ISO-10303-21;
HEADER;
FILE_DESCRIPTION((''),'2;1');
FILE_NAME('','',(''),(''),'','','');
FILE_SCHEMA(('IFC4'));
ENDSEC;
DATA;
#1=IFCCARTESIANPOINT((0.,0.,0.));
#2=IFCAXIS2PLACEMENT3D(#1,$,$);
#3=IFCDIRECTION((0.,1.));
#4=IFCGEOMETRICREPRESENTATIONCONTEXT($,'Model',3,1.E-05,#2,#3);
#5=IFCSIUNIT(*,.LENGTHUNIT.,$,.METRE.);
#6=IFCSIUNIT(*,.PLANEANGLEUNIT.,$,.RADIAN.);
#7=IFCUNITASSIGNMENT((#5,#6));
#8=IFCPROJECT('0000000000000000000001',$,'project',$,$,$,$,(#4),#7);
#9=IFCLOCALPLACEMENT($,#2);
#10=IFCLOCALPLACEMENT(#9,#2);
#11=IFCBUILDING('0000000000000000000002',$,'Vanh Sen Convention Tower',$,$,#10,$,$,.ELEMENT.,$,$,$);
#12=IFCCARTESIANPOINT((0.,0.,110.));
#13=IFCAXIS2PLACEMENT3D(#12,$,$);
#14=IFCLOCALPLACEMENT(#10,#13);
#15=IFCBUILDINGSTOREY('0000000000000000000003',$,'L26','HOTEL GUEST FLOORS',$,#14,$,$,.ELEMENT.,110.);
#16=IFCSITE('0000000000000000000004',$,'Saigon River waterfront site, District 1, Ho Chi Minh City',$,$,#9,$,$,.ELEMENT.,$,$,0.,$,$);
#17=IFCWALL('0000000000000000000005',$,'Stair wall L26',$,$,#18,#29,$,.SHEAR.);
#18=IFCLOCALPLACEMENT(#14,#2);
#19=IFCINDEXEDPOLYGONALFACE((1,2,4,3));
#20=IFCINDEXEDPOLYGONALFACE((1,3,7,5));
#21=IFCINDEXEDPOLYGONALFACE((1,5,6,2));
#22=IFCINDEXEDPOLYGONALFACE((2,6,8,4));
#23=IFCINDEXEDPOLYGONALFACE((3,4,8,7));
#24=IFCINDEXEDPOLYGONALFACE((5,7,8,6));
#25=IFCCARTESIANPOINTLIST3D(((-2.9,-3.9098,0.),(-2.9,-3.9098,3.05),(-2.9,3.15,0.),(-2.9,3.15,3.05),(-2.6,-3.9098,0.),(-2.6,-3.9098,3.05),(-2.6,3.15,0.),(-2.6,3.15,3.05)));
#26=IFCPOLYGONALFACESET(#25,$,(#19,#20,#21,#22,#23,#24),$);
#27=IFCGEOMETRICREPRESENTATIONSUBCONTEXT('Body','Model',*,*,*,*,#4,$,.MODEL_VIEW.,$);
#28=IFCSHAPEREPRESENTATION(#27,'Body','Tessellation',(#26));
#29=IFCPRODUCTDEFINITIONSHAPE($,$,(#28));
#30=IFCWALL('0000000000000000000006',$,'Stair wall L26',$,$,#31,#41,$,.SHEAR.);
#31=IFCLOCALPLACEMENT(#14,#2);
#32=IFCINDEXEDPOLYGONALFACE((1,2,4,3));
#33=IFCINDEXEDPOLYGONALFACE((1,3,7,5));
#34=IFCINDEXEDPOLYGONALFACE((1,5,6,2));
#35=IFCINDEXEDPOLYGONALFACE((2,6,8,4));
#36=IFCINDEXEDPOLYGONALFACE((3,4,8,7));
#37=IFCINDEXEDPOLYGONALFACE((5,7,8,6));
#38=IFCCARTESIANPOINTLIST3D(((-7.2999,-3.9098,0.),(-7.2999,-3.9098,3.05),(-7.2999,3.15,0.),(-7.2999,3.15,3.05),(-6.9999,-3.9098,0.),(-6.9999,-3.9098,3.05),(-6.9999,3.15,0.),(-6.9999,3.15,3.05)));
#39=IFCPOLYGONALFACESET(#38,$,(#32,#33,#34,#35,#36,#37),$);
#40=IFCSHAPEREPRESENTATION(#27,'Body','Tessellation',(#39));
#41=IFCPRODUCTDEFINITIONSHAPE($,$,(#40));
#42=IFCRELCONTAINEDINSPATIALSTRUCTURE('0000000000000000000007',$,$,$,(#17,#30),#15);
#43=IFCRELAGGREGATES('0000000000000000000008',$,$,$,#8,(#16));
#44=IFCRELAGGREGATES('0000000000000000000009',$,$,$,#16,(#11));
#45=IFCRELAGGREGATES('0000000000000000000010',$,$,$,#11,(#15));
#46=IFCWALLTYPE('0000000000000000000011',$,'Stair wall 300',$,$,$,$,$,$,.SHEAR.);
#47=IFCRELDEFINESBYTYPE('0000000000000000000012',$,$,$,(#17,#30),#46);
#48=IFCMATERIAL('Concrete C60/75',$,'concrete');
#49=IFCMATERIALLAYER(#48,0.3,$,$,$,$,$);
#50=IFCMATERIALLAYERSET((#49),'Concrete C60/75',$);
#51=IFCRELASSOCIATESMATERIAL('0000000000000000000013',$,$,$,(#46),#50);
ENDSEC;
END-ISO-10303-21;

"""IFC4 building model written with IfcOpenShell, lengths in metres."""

from ifc_helpers import new_model, si_unit, direction, frame, frame_2d, origin, place, context, subcontext, project, spatial, rectangle, extrude, material, layer, layer_set, type_object, element, save


model = new_model("IFC4")

# Units and contexts
model_context = context("Model", 3, precision=1e-05, world=origin(), true_north=direction((0.0, 1.0)))
body_context = subcontext(model_context, "Body", "Model", "MODEL_VIEW")
ifc_project = project(units=[si_unit("LENGTHUNIT", "METRE"), si_unit("PLANEANGLEUNIT", "RADIAN")], contexts=[model_context])

# Site, building, storey
site_placement = place(None, origin())
site = spatial("IfcSite", under=ifc_project, at=site_placement, Name="Saigon River waterfront site, District 1, Ho Chi Minh City", CompositionType="ELEMENT", RefElevation=0.0)
building_placement = place(site_placement, origin())
building = spatial("IfcBuilding", under=site, at=building_placement, Name="Vanh Sen Convention Tower", CompositionType="ELEMENT")
storey_placement = place(building_placement, frame((0.0, 0.0, 110.0)))
storey = spatial("IfcBuildingStorey", under=building, at=storey_placement, Name="L26", Description="HOTEL GUEST FLOORS", CompositionType="ELEMENT", Elevation=110.0)

# Shared definitions
ifc_material_1 = material(Name="Concrete C60/75", Category="concrete")

# Shared definitions
ifc_layer_1 = layer(ifc_material_1, 0.3)
ifc_layer_set_1 = layer_set([ifc_layer_1], Name="Concrete C60/75")
wall_type_1 = type_object("IfcWallType", Name="Stair wall 300", PredefinedType="SHEAR", material=ifc_layer_set_1)

# Walls
for number, where, z_axis, x_axis, name in (
    (1, (-2.75, 3.1499, 0.0), (0.0, 0.0, 1.0), (0.0, -1.0, 0.0), "Stair wall L26"),
    (2, (-7.1499, 3.1499, 0.0), (0.0, 0.0, 1.0), (0.0, -1.0, 0.0), "Stair wall L26"),
):
    element("IfcWall", number, at=place(storey_placement, frame(where, z_axis=z_axis, x_axis=x_axis)), inside=storey, type_object=wall_type_1, Name=name, PredefinedType="SHEAR", context=body_context, shape_type="SweptSolid", body=[
        extrude(rectangle(XDim=7.0598, YDim=0.3, at=frame_2d((3.5298, 0.0))), origin(), (0.0, 0.0, 1.0), 3.05),
    ])

save(model, "model.ifc")
